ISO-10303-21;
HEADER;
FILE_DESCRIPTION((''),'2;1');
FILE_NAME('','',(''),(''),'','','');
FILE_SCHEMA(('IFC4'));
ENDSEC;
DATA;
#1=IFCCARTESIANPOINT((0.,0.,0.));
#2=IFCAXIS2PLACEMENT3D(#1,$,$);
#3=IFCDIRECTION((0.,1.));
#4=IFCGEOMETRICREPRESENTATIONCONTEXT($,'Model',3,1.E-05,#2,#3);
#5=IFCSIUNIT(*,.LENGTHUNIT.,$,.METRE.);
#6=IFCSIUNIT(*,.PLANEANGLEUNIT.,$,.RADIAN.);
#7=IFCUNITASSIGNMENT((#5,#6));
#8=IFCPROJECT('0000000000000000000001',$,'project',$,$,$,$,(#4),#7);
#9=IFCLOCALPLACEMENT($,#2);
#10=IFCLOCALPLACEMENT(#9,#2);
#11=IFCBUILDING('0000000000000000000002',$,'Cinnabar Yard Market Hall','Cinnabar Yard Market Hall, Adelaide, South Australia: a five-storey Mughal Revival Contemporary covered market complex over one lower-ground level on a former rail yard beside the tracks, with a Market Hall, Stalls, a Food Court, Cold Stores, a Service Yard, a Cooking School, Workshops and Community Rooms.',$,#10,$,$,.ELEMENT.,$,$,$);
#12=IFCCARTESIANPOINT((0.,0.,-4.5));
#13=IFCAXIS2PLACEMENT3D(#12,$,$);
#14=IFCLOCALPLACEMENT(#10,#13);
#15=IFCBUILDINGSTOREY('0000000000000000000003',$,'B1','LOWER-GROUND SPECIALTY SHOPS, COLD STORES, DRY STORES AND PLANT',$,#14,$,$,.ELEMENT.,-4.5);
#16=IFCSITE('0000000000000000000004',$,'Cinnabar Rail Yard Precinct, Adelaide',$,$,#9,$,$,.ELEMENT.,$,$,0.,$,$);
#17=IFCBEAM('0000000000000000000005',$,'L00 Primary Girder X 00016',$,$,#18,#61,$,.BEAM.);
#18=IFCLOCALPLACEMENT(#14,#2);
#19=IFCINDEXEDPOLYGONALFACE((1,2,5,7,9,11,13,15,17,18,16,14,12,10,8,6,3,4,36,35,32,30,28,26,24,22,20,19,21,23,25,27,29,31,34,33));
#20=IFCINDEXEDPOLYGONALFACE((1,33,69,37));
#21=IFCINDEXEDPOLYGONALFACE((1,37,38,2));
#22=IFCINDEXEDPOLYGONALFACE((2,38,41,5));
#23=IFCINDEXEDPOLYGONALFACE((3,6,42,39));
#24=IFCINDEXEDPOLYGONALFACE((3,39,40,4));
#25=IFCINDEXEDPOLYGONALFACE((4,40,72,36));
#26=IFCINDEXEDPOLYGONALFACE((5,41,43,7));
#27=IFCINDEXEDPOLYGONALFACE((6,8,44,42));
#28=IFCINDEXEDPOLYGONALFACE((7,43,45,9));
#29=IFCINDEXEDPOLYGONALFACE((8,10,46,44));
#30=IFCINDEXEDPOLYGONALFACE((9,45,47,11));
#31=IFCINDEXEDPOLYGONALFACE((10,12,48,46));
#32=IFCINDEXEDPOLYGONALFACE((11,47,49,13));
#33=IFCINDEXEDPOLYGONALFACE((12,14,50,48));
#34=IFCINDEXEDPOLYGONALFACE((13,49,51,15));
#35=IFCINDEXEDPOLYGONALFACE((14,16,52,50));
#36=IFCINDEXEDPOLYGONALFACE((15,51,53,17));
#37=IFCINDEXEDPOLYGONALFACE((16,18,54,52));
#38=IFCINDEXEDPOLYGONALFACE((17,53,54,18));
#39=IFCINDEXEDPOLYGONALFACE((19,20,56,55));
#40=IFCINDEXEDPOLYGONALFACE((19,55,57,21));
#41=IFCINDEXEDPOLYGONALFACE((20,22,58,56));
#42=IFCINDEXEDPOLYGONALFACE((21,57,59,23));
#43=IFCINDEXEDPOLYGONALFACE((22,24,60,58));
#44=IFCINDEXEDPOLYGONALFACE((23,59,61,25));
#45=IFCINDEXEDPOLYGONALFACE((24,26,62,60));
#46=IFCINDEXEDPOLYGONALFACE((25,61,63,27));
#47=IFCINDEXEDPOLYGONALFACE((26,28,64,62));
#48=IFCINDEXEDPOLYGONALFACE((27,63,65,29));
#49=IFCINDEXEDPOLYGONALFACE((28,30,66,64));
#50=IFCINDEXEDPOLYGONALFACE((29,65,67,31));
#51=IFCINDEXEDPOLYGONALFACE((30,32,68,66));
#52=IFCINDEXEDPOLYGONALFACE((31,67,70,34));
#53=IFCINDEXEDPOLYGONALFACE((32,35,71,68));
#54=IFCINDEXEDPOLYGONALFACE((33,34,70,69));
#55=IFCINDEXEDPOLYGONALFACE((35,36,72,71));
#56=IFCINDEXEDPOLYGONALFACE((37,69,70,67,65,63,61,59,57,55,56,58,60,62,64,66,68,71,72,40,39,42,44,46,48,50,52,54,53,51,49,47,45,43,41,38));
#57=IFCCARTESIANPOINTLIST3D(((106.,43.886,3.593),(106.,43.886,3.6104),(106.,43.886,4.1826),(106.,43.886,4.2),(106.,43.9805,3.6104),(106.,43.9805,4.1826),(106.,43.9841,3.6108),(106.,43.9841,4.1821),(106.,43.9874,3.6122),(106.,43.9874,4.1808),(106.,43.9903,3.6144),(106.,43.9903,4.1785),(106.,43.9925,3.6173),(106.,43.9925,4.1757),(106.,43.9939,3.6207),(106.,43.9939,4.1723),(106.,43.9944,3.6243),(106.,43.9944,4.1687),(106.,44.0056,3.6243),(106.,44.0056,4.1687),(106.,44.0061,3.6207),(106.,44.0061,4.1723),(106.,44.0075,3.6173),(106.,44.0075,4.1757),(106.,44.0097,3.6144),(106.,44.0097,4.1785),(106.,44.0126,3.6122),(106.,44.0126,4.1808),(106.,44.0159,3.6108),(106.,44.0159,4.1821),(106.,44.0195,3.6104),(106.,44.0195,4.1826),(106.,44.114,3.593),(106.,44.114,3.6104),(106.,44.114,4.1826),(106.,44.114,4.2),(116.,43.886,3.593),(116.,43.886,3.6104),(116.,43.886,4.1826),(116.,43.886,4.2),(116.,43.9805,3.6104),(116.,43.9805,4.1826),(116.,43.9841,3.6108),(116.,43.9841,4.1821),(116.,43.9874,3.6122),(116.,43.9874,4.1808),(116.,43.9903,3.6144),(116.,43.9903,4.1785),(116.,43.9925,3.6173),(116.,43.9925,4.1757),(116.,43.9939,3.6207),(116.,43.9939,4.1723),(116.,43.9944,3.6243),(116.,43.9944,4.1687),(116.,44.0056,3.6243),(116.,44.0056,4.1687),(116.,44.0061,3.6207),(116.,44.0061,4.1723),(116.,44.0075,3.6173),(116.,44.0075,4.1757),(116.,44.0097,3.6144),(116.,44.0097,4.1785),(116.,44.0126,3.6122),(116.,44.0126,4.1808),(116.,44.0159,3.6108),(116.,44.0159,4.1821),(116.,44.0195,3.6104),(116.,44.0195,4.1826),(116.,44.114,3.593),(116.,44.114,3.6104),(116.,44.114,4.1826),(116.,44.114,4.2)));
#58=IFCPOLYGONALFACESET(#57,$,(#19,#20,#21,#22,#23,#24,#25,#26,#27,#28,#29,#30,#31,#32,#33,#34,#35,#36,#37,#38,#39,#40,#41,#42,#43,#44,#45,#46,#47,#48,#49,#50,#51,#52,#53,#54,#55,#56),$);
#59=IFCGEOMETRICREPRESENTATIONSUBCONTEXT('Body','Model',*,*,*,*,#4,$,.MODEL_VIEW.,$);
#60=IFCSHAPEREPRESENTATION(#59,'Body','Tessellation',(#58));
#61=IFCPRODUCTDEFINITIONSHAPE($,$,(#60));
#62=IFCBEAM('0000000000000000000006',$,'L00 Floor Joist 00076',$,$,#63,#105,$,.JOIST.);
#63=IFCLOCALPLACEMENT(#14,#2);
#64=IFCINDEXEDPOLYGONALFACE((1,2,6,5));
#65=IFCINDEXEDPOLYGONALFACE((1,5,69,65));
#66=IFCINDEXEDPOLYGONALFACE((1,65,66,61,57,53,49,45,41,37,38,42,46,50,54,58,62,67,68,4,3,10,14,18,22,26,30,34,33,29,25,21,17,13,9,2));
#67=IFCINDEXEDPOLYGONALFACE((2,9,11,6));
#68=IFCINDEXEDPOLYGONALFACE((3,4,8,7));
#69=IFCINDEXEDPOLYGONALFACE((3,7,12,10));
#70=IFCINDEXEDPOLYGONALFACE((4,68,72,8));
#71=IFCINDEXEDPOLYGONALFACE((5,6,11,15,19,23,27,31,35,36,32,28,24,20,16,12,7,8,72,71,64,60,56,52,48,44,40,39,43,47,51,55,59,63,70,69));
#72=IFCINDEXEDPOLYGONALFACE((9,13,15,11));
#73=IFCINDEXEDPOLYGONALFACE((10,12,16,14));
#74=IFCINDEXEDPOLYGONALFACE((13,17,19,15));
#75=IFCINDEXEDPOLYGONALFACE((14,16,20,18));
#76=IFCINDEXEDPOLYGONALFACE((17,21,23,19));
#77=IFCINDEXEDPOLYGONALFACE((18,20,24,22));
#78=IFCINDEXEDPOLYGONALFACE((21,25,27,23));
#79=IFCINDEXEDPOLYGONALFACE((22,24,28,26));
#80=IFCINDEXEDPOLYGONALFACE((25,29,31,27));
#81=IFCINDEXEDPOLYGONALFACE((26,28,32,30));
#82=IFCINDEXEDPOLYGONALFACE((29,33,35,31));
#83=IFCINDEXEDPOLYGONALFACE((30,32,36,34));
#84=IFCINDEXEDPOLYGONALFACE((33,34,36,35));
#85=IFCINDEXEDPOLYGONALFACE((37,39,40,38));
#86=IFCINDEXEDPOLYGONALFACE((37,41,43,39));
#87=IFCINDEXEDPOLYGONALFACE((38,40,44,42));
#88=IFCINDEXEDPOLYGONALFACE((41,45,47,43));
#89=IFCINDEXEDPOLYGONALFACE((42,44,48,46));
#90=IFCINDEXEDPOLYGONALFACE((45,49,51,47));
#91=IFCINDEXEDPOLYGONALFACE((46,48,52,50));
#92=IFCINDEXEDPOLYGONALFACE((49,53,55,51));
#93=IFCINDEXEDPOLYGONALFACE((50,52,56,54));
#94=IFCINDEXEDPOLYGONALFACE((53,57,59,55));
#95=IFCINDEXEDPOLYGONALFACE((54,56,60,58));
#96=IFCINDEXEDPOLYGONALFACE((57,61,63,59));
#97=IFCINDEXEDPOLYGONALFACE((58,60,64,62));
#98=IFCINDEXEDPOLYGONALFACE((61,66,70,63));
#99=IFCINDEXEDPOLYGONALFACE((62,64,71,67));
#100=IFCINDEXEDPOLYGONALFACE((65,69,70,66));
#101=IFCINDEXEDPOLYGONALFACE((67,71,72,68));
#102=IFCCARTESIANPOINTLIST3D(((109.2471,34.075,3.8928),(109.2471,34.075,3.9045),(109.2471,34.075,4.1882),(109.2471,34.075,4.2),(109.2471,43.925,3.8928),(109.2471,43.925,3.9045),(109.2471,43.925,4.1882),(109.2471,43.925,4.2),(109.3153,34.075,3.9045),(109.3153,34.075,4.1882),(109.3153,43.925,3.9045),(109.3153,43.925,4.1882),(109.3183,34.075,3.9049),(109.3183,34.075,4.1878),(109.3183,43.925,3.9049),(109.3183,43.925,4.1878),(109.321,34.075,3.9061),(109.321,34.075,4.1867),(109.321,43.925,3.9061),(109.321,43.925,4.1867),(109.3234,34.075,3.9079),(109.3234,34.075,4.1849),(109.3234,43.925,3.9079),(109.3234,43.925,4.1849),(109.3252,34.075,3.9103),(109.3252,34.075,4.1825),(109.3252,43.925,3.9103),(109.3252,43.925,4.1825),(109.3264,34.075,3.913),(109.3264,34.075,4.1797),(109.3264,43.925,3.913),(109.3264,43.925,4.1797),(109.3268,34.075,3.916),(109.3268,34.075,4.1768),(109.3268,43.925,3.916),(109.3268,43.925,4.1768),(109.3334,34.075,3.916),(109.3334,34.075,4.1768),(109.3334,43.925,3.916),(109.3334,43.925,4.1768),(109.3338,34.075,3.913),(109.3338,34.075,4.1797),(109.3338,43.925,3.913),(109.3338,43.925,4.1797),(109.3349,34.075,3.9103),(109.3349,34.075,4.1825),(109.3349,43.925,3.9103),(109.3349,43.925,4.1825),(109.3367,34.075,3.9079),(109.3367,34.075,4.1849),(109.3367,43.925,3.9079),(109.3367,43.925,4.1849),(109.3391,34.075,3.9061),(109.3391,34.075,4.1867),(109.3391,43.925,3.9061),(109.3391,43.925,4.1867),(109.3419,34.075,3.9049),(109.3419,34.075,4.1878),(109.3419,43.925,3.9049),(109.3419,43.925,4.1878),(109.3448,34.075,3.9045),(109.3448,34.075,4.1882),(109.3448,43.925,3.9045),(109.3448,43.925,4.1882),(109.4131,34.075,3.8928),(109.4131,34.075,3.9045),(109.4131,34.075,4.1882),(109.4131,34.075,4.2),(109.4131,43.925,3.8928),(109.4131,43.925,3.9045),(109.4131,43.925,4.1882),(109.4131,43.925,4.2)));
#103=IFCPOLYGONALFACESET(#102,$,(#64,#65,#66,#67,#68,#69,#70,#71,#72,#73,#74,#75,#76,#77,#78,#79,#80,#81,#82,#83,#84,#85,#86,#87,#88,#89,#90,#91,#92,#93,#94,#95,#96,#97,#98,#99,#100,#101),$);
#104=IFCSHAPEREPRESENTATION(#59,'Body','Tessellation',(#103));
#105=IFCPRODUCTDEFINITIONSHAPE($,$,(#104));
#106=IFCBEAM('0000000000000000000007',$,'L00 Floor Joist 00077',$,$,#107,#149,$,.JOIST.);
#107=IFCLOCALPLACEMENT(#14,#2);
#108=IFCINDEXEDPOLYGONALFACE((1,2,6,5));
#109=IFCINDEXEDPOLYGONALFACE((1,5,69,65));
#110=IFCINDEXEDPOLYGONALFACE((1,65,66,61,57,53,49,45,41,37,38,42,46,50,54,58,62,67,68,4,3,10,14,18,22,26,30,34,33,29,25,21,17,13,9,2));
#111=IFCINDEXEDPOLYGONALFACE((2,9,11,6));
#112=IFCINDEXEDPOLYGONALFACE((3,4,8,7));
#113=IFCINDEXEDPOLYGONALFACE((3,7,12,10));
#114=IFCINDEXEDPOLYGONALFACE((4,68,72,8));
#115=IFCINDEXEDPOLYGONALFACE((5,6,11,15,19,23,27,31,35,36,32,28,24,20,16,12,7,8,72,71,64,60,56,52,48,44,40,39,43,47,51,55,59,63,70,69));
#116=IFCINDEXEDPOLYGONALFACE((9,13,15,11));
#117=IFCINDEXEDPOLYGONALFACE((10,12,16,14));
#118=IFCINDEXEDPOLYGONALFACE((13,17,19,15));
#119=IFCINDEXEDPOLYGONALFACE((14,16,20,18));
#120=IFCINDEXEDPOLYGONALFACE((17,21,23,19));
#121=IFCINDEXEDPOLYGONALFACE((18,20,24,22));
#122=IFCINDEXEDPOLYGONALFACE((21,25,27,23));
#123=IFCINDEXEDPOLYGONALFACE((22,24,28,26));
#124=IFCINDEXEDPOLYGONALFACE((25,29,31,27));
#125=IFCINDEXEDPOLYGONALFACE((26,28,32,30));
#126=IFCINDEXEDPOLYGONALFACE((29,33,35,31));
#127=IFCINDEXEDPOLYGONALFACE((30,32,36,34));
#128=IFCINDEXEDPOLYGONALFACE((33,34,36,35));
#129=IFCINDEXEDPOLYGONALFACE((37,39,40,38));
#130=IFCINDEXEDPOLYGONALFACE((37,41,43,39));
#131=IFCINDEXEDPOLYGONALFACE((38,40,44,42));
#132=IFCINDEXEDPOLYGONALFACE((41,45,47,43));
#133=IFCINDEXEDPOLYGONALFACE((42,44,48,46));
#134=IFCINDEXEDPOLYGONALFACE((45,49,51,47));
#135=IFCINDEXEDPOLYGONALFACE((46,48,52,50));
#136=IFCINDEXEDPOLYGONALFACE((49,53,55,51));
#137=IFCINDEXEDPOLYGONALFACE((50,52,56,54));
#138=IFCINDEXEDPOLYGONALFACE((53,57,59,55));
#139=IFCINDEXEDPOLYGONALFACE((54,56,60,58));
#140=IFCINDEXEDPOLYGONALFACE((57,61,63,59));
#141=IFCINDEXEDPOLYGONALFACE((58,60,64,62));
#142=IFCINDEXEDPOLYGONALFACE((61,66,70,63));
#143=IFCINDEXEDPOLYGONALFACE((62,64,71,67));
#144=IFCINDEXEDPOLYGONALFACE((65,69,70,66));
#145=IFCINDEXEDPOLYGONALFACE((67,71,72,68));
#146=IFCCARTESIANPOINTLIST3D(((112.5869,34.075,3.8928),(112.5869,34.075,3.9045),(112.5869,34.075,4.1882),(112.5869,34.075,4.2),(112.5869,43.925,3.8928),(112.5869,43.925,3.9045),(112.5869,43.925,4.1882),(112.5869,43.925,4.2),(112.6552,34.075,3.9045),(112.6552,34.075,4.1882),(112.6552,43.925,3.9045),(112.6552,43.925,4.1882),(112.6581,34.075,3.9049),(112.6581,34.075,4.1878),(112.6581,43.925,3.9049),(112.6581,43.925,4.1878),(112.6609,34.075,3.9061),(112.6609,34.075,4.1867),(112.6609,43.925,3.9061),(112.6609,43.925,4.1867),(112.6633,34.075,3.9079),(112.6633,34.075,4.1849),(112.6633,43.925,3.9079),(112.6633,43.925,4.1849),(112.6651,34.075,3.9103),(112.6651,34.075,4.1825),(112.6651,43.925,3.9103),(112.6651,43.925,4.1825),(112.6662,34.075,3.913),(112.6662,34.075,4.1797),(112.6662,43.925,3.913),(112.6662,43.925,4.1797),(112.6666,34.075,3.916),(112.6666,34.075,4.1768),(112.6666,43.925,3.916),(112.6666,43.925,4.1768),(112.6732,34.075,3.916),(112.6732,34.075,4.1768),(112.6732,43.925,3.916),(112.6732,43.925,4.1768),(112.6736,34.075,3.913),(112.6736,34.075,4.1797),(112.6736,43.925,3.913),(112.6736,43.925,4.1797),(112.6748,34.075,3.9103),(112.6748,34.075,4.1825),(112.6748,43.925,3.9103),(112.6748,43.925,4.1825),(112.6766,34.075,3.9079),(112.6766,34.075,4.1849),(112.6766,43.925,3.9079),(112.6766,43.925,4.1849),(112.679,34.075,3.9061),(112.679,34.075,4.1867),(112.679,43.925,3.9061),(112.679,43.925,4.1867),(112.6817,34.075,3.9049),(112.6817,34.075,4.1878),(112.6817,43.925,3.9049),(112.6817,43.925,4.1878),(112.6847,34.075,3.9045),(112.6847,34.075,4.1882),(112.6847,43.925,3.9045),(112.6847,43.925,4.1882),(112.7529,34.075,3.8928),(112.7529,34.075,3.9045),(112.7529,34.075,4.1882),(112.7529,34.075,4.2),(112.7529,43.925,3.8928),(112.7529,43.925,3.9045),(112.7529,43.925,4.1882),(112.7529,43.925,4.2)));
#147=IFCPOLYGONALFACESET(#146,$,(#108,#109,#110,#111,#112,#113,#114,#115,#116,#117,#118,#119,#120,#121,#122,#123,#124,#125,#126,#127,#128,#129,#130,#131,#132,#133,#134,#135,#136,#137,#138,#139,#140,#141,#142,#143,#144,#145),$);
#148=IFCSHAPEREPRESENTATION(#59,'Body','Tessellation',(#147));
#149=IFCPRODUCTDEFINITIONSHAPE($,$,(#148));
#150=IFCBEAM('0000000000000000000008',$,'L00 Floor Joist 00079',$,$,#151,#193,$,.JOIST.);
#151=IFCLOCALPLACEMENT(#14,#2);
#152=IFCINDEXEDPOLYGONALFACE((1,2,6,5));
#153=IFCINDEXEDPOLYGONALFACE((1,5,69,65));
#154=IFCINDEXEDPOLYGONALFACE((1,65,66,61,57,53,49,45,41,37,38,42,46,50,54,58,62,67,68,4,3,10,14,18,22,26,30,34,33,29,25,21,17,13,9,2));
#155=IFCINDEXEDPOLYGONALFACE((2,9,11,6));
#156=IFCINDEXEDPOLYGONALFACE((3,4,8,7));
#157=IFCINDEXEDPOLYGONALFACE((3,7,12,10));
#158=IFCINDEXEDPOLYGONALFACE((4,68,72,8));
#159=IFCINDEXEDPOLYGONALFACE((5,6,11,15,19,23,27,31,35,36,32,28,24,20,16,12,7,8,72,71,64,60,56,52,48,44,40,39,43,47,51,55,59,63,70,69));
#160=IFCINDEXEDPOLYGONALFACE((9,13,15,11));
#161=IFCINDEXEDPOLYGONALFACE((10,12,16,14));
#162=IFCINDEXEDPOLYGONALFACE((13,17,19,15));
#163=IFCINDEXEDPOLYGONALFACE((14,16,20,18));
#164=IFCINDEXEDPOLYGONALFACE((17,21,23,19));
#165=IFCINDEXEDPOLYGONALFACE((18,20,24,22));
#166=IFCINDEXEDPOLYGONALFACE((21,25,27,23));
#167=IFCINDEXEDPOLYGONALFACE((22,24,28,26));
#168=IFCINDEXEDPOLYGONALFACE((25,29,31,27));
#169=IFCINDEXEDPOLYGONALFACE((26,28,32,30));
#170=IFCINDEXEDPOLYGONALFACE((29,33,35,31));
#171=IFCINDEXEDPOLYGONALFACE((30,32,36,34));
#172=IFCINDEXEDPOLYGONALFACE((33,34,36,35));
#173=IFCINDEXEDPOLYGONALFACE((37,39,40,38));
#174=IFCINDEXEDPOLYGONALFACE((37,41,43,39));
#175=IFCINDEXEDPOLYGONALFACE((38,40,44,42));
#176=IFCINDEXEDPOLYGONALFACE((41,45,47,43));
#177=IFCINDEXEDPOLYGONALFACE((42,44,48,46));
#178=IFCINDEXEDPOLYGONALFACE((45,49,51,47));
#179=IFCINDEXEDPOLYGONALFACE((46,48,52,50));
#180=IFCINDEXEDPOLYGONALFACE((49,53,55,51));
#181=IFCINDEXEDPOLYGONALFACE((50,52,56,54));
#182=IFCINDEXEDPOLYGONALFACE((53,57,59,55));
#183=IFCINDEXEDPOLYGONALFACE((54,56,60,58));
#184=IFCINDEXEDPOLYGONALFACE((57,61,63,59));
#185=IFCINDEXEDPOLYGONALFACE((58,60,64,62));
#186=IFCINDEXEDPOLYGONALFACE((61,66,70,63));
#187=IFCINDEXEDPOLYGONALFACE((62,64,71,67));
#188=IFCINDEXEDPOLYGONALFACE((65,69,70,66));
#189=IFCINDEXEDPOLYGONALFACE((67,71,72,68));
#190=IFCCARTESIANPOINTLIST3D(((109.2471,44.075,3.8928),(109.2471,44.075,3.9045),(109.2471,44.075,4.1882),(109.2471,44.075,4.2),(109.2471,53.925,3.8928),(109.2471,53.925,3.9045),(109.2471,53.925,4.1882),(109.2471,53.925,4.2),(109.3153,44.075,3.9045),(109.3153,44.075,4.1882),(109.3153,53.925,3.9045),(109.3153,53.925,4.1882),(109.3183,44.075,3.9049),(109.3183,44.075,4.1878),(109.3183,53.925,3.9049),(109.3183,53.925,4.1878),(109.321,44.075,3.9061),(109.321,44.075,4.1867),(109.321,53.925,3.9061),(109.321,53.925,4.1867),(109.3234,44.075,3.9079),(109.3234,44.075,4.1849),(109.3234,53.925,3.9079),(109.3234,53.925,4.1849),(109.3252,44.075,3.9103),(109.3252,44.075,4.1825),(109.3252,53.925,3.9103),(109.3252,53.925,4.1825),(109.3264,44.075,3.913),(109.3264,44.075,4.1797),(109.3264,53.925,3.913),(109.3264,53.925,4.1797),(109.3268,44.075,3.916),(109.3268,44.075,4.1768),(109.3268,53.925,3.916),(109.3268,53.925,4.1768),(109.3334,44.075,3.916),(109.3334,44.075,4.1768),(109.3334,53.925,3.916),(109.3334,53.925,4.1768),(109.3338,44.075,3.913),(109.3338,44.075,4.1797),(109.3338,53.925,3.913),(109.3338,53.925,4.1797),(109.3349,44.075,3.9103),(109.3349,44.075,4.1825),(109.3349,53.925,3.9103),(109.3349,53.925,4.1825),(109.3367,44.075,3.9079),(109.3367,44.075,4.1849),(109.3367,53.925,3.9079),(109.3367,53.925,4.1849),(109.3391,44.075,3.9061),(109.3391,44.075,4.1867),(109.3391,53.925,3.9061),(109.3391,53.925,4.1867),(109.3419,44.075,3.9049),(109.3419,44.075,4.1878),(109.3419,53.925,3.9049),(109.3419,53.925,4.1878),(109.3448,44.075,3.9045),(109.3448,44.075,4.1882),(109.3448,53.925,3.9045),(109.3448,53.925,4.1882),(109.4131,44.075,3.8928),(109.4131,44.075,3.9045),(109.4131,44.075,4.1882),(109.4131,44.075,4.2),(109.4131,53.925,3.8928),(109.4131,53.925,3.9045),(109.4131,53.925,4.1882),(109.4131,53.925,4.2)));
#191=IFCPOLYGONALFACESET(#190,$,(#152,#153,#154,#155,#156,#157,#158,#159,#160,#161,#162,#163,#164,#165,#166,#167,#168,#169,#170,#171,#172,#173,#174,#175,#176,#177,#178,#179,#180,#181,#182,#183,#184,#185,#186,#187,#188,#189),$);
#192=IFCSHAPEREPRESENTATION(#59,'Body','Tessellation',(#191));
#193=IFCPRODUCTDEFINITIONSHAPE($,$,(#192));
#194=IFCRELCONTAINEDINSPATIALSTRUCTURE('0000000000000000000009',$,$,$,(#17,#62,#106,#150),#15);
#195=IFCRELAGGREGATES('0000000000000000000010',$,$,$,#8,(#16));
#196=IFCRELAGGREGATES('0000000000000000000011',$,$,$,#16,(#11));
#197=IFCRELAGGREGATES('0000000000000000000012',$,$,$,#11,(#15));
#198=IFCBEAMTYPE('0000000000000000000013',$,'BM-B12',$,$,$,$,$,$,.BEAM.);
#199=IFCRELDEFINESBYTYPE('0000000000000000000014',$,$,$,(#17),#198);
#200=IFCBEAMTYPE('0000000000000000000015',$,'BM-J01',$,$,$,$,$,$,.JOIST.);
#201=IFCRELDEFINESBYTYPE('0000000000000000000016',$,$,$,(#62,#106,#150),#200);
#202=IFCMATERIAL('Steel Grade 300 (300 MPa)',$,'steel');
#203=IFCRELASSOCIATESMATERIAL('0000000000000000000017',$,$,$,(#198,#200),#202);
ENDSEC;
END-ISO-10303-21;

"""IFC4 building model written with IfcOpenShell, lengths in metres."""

from ifc_helpers import new_model, si_unit, direction, frame, origin, origin_2d_with_axis, place, context, subcontext, project, spatial, i_section, extrude, material, material_profile, profile_set, type_object, element, save


model = new_model("IFC4")

# Units and contexts
model_context = context("Model", 3, precision=1e-05, world=origin(), true_north=direction((0.0, 1.0)))
body_context = subcontext(model_context, "Body", "Model", "MODEL_VIEW")
ifc_project = project(units=[si_unit("LENGTHUNIT", "METRE"), si_unit("PLANEANGLEUNIT", "RADIAN")], contexts=[model_context])

# Site, building, storey
site_placement = place(None, origin())
site = spatial("IfcSite", under=ifc_project, at=site_placement, Name="Cinnabar Rail Yard Precinct, Adelaide", CompositionType="ELEMENT", RefElevation=0.0)
building_placement = place(site_placement, origin())
building = spatial("IfcBuilding", under=site, at=building_placement, Name="Cinnabar Yard Market Hall", Description="Cinnabar Yard Market Hall, Adelaide, South Australia: a five-storey Mughal Revival Contemporary covered market complex over one lower-ground level on a former rail yard beside the tracks, with a Market Hall, Stalls, a Food Court, Cold Stores, a Service Yard, a Cooking School, Workshops and Community Rooms.", CompositionType="ELEMENT")
storey_placement = place(building_placement, frame((0.0, 0.0, -4.5)))
storey = spatial("IfcBuildingStorey", under=building, at=storey_placement, Name="B1", Description="LOWER-GROUND SPECIALTY SHOPS, COLD STORES, DRY STORES AND PLANT", CompositionType="ELEMENT", Elevation=-4.5)

# Beams
ifc_material_1 = material(Name="Steel Grade 300 (300 MPa)", Category="steel")
ifc_material_profile_1 = material_profile(ifc_material_1, i_section(OverallWidth=0.228, OverallDepth=0.6069, WebThickness=0.0112, FlangeThickness=0.0173, FilletRadius=0.0139, at=origin_2d_with_axis()), Name="610UB113")
ifc_profile_set_1 = profile_set([ifc_material_profile_1], Name="Steel Grade 300 (300 MPa)")
beam_type_1 = type_object("IfcBeamType", Name="BM-B12", PredefinedType="BEAM", material=ifc_profile_set_1)
beam_1_placement = place(storey_placement, frame((106.0, 44.0, 3.8965), z_axis=(1.0, 0.0, 0.0), x_axis=(0.0, 1.0, 0.0)))
element("IfcBeam", 1, at=beam_1_placement, inside=storey, type_object=beam_type_1, Name="L00 Primary Girder X 00016", PredefinedType="BEAM", context=body_context, shape_type="SweptSolid", body=[
    extrude(i_section(OverallWidth=0.228, OverallDepth=0.6069, WebThickness=0.0112, FlangeThickness=0.0173, FilletRadius=0.0139, at=origin_2d_with_axis()), origin(), (0.0, 0.0, 1.0), 10.0),
])
ifc_material_profile_2 = material_profile(ifc_material_1, i_section(OverallWidth=0.166, OverallDepth=0.3071, WebThickness=0.0066, FlangeThickness=0.0117, FilletRadius=0.0115, at=origin_2d_with_axis()), Name="310UB46.2")
ifc_profile_set_2 = profile_set([ifc_material_profile_2], Name="Steel Grade 300 (300 MPa)")
beam_type_2 = type_object("IfcBeamType", Name="BM-J01", PredefinedType="JOIST", material=ifc_profile_set_2)
for number, where, z_axis, x_axis, name in (
    (2, (109.3301, 34.075, 4.0464), (0.0, 1.0, 0.0), (-1.0, 0.0, 0.0), "L00 Floor Joist 00076"),
    (3, (112.6699, 34.075, 4.0464), (0.0, 1.0, 0.0), (-1.0, 0.0, 0.0), "L00 Floor Joist 00077"),
    (4, (109.3301, 44.075, 4.0464), (0.0, 1.0, 0.0), (-1.0, 0.0, 0.0), "L00 Floor Joist 00079"),
):
    element("IfcBeam", number, at=place(storey_placement, frame(where, z_axis=z_axis, x_axis=x_axis)), inside=storey, type_object=beam_type_2, Name=name, PredefinedType="JOIST", context=body_context, shape_type="SweptSolid", body=[
        extrude(i_section(OverallWidth=0.166, OverallDepth=0.3071, WebThickness=0.0066, FlangeThickness=0.0117, FilletRadius=0.0115, at=origin_2d_with_axis()), origin(), (0.0, 0.0, 1.0), 9.8501),
    ])

save(model, "model.ifc")
